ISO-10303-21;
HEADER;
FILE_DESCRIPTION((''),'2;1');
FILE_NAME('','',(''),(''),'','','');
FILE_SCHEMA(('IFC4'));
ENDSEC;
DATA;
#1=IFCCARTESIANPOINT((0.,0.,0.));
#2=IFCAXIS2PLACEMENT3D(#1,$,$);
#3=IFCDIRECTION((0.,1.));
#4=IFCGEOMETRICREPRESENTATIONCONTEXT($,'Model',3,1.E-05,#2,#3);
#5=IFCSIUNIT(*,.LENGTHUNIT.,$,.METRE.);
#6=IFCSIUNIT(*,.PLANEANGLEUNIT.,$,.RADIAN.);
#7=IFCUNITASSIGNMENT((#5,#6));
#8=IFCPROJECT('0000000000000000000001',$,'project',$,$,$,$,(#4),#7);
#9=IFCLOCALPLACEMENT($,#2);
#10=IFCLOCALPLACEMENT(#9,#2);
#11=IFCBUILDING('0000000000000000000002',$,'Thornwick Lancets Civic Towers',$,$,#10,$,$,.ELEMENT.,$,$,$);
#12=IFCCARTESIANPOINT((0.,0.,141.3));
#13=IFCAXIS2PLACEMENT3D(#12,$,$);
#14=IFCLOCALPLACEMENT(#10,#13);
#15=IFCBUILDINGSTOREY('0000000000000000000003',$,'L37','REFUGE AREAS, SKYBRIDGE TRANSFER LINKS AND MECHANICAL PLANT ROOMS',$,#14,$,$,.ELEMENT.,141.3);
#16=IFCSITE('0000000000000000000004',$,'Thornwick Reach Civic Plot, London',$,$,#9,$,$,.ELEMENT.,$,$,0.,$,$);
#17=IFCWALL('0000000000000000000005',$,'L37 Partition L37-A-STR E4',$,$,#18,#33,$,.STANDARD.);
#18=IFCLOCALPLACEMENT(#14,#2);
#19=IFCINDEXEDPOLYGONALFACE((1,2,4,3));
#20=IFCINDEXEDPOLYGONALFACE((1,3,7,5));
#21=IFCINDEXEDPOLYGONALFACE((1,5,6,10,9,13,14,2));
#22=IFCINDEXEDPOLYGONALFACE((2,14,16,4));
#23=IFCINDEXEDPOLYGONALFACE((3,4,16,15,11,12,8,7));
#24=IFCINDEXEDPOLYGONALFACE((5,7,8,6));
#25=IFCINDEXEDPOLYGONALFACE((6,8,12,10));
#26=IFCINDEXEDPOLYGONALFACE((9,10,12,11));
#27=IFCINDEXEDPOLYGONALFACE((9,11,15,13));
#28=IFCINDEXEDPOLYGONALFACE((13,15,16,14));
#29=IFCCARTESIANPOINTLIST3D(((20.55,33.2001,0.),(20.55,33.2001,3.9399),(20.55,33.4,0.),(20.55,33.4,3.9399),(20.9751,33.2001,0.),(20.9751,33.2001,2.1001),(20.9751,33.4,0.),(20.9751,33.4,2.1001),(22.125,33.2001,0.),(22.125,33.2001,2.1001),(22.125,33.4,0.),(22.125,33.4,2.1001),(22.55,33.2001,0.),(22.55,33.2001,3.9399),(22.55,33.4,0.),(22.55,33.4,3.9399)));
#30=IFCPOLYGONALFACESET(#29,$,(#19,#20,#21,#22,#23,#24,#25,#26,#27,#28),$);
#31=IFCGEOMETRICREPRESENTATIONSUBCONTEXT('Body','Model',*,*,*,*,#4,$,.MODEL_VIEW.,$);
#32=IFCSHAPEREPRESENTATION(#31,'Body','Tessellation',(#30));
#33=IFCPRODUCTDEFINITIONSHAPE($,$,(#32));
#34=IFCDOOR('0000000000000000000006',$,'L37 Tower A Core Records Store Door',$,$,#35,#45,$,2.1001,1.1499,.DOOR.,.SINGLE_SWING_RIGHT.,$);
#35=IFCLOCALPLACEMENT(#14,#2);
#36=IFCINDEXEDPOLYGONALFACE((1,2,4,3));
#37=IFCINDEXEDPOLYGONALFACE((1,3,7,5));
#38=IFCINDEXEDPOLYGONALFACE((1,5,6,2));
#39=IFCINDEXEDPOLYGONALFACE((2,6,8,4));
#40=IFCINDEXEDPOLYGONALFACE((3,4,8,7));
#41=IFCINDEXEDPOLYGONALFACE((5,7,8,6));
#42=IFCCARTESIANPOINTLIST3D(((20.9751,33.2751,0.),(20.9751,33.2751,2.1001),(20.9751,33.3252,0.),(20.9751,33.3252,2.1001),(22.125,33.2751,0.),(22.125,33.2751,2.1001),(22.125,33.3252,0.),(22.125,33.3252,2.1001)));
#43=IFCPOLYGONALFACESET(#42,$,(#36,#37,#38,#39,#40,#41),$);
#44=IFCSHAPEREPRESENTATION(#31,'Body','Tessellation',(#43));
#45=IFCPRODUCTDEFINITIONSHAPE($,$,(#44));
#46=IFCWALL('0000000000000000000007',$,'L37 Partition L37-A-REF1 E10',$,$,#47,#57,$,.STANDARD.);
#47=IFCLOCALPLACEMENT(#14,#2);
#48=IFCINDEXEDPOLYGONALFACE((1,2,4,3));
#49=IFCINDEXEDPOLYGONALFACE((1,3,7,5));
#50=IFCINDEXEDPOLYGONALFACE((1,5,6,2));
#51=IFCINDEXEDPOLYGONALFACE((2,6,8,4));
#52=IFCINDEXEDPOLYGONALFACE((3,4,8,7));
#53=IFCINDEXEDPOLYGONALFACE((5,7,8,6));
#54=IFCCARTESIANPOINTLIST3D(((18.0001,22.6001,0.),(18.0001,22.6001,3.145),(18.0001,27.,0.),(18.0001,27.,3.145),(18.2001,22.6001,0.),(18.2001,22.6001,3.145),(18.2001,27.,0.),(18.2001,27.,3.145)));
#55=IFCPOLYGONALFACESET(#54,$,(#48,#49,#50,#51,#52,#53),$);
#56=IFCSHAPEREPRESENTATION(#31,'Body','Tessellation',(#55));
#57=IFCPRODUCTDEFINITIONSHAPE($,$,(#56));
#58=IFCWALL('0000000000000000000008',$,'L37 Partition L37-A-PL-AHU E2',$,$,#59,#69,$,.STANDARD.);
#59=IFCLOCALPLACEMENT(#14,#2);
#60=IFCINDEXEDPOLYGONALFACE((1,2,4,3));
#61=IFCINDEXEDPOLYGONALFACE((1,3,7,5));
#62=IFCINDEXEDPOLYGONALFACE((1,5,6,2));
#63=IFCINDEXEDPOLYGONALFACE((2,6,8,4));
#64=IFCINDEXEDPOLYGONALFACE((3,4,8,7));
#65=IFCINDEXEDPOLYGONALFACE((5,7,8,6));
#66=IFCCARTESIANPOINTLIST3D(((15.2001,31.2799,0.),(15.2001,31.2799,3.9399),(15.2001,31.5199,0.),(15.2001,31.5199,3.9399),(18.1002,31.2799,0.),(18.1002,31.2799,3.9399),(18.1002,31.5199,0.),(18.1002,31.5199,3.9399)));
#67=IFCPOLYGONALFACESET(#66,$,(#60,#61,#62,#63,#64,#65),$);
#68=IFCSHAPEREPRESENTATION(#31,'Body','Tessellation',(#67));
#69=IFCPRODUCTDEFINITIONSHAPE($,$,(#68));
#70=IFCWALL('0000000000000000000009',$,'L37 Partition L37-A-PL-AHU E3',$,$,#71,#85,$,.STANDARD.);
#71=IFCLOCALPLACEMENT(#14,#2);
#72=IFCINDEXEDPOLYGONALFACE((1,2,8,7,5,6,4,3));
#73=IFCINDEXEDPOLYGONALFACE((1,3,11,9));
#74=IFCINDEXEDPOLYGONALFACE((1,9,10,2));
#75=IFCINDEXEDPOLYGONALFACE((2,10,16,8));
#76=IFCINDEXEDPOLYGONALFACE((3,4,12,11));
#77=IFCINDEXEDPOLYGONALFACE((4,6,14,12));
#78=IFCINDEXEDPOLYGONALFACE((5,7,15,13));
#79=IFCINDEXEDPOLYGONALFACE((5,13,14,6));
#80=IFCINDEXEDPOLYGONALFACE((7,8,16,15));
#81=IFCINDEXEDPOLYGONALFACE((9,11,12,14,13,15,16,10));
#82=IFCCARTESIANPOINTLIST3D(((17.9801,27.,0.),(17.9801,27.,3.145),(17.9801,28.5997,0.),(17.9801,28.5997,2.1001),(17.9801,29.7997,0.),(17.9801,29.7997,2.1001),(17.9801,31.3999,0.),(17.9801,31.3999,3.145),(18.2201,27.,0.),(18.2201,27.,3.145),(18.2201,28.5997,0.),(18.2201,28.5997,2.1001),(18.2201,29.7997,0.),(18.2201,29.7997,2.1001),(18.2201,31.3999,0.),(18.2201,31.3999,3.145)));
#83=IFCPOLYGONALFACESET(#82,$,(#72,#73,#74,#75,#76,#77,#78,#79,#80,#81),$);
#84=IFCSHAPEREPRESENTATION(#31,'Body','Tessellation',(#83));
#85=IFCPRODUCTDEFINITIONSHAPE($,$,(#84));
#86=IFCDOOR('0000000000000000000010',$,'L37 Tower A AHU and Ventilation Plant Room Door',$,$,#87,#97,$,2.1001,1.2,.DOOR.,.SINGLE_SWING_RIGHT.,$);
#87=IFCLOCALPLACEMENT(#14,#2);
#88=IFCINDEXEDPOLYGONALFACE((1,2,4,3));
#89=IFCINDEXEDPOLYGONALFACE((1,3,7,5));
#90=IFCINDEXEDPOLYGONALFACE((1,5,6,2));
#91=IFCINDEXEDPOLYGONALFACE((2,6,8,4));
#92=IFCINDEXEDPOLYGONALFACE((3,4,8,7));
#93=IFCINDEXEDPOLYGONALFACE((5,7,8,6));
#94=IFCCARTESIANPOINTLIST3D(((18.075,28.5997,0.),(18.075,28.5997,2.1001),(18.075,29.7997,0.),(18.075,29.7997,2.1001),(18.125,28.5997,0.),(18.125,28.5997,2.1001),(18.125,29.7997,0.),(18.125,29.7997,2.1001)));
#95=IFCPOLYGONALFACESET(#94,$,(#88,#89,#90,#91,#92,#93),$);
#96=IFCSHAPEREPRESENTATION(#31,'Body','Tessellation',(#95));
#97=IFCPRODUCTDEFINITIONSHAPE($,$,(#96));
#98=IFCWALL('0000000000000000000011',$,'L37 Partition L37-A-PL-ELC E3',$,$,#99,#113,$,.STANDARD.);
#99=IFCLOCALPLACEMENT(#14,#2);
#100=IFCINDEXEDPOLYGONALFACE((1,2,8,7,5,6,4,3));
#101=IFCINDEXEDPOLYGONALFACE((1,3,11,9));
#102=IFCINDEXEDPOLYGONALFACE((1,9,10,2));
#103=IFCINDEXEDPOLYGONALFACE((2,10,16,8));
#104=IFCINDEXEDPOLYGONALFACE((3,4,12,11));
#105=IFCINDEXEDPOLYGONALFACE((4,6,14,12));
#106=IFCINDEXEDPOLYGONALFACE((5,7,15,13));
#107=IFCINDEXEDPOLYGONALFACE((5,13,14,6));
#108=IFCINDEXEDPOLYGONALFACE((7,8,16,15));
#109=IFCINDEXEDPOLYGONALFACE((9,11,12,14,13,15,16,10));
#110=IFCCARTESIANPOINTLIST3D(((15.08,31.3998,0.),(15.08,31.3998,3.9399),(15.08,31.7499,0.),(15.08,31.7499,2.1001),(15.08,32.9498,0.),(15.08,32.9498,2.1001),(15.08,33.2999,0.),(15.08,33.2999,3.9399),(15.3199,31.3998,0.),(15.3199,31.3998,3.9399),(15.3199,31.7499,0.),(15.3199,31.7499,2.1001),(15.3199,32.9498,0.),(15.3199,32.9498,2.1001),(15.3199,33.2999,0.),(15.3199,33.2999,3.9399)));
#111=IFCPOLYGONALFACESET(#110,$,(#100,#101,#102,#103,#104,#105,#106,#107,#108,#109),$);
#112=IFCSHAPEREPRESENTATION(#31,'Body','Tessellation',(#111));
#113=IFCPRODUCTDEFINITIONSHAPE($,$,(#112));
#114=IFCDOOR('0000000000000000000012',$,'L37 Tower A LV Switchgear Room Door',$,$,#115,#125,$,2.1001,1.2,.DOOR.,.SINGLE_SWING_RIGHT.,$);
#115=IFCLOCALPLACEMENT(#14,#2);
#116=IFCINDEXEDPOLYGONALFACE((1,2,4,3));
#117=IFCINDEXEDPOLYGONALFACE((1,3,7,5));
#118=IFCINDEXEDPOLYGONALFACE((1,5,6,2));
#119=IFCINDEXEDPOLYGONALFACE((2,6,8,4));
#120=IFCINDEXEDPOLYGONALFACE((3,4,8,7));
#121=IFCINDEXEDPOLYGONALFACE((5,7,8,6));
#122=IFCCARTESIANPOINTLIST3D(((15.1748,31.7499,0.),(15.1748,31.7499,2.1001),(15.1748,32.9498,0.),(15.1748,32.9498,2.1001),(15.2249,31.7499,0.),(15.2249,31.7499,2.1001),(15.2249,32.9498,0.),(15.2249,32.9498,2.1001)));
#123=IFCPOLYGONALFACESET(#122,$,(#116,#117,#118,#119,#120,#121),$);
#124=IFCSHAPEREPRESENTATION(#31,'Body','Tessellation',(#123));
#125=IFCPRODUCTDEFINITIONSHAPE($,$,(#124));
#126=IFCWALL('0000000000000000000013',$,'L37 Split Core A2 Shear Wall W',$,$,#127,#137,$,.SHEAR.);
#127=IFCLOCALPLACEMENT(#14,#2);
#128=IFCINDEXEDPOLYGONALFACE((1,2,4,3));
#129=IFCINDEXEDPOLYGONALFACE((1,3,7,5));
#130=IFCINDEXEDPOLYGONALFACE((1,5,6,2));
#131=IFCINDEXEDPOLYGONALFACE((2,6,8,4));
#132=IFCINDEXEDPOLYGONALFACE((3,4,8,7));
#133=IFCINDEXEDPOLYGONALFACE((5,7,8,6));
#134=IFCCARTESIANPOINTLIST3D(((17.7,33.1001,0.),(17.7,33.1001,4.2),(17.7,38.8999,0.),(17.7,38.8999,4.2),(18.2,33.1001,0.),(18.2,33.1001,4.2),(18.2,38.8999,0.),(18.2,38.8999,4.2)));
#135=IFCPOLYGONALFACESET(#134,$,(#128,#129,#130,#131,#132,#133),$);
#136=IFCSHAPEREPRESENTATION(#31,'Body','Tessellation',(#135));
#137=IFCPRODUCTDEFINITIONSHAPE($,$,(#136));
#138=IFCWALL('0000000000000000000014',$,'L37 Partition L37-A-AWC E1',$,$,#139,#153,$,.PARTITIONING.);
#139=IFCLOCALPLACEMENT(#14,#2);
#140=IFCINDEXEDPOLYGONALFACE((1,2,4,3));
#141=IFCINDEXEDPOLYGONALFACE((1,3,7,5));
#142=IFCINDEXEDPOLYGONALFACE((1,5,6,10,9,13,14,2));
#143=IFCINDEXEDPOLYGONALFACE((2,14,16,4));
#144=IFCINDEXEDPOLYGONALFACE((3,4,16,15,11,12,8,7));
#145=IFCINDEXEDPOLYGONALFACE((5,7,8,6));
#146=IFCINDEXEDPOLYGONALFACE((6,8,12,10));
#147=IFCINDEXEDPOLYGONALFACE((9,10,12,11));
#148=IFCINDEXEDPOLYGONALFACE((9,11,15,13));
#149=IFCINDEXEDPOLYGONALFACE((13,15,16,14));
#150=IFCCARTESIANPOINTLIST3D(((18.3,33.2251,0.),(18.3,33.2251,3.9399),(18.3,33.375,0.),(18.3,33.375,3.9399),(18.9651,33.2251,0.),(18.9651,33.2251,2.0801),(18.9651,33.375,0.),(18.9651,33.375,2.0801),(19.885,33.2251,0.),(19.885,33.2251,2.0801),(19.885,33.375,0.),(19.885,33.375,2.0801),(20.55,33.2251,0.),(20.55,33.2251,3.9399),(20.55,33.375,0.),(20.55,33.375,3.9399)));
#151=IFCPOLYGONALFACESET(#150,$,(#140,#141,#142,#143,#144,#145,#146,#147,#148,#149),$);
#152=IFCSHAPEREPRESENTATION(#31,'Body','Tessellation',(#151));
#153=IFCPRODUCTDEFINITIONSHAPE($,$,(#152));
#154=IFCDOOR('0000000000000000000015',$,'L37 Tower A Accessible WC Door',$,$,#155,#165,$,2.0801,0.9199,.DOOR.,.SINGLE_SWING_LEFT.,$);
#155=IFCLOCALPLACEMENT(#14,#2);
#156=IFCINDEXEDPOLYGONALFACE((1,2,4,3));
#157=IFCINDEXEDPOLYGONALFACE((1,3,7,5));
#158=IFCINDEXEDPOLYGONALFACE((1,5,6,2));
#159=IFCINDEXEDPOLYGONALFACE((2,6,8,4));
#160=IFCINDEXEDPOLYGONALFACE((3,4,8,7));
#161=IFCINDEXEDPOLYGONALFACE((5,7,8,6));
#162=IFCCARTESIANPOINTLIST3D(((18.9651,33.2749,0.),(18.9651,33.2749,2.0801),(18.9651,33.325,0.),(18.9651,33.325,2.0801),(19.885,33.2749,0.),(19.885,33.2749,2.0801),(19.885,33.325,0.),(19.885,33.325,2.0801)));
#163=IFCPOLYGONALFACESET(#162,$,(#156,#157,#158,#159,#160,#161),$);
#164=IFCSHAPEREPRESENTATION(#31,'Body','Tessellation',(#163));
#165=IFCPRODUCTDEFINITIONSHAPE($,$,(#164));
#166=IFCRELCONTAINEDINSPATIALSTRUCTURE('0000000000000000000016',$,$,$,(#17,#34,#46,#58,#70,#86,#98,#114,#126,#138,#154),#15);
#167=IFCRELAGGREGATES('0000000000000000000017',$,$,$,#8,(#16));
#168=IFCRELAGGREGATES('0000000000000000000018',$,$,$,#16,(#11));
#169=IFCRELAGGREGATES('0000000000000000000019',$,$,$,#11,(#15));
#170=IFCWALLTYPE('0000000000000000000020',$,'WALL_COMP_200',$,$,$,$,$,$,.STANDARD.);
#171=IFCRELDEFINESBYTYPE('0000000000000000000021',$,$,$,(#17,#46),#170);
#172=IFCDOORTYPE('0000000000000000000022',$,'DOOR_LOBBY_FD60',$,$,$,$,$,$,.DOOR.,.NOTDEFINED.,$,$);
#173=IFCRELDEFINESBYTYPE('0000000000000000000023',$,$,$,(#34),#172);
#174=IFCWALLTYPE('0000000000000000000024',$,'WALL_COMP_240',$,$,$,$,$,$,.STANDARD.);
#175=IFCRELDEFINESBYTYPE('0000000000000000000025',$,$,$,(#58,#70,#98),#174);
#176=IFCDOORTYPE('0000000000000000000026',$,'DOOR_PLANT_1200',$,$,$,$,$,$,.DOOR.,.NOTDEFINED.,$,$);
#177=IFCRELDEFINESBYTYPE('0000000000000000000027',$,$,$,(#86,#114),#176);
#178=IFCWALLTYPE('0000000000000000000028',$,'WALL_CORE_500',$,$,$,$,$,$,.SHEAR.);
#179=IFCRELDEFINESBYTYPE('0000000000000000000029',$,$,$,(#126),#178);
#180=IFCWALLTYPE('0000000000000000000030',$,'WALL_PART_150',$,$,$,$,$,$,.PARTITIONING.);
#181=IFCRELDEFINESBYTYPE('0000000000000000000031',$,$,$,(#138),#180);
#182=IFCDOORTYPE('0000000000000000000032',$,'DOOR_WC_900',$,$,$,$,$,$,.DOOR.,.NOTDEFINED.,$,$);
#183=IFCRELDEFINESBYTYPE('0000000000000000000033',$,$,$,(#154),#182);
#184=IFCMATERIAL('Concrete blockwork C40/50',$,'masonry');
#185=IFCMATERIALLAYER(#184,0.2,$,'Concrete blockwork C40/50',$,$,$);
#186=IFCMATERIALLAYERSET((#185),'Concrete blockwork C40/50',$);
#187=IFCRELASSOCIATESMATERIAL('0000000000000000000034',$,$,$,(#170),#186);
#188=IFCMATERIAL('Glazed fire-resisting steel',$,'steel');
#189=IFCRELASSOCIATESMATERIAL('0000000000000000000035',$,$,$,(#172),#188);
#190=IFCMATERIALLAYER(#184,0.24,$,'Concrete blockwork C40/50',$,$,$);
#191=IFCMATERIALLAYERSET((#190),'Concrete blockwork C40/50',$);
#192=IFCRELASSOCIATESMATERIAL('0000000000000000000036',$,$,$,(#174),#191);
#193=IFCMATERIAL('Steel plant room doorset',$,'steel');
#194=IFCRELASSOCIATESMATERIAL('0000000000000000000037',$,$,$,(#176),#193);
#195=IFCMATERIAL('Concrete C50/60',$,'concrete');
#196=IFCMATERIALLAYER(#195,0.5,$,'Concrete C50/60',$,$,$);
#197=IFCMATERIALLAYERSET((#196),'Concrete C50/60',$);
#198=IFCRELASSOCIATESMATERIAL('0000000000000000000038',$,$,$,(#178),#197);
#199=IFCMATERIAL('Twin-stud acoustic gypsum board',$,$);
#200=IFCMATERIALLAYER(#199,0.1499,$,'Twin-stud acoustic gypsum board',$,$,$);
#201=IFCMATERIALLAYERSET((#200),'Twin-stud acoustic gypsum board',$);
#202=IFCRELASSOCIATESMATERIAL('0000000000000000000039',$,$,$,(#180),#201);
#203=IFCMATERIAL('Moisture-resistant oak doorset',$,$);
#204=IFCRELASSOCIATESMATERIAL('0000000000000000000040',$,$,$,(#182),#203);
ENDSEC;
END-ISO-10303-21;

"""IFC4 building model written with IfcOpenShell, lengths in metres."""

from ifc_helpers import new_model, si_unit, direction, frame, frame_2d, origin, place, context, subcontext, project, spatial, rectangle, extrude, material, layer, layer_set, type_object, element, fill, save


model = new_model("IFC4")

# Units and contexts
model_context = context("Model", 3, precision=1e-05, world=origin(), true_north=direction((0.0, 1.0)))
body_context = subcontext(model_context, "Body", "Model", "MODEL_VIEW")
ifc_project = project(units=[si_unit("LENGTHUNIT", "METRE"), si_unit("PLANEANGLEUNIT", "RADIAN")], contexts=[model_context])

# Site, building, storey
site_placement = place(None, origin())
site = spatial("IfcSite", under=ifc_project, at=site_placement, Name="Thornwick Reach Civic Plot, London", CompositionType="ELEMENT", RefElevation=0.0)
building_placement = place(site_placement, origin())
building = spatial("IfcBuilding", under=site, at=building_placement, Name="Thornwick Lancets Civic Towers", CompositionType="ELEMENT")
storey_placement = place(building_placement, frame((0.0, 0.0, 141.3)))
storey = spatial("IfcBuildingStorey", under=building, at=storey_placement, Name="L37", Description="REFUGE AREAS, SKYBRIDGE TRANSFER LINKS AND MECHANICAL PLANT ROOMS", CompositionType="ELEMENT", Elevation=141.3)

# Shared definitions
ifc_material_1 = material(Name="Concrete blockwork C40/50", Category="masonry")
ifc_layer_1 = layer(ifc_material_1, 0.2, Name="Concrete blockwork C40/50")
ifc_layer_set_1 = layer_set([ifc_layer_1], Name="Concrete blockwork C40/50")
wall_type_1 = type_object("IfcWallType", Name="WALL_COMP_200", PredefinedType="STANDARD", material=ifc_layer_set_1)

# Wall, opening, door
wall_1_placement = place(storey_placement, frame((22.55, 33.3, 0.0), z_axis=(0.0, 0.0, 1.0), x_axis=(-1.0, 0.0, 0.0)))
wall_1 = element("IfcWall", 1, at=wall_1_placement, inside=storey, type_object=wall_type_1, Name="L37 Partition L37-A-STR E4", PredefinedType="STANDARD", context=body_context, shape_type="SweptSolid", body=[
    extrude(rectangle(XDim=2.0, YDim=0.2, at=frame_2d((1.0, 0.0))), origin(), (0.0, 0.0, 1.0), 3.9399),
])
opening_1_placement = place(wall_1_placement, frame((0.425, 0.0, 0.0)))
opening_1 = element("IfcOpeningElement", 2, at=opening_1_placement, cuts=wall_1, PredefinedType="OPENING", context=body_context, shape_type="SweptSolid", body=[
    extrude(rectangle(XDim=1.1499, YDim=2.1001, at=frame_2d((0.575, 1.05))), frame((0.0, 0.1099, 0.0), z_axis=(0.0, -1.0, 0.0), x_axis=(1.0, 0.0, 0.0)), (0.0, 0.0, 1.0), 0.22),
])
ifc_material_2 = material(Name="Glazed fire-resisting steel", Category="steel")
door_type_1 = type_object("IfcDoorType", Name="DOOR_LOBBY_FD60", OperationType="NOTDEFINED", PredefinedType="DOOR", material=ifc_material_2)
door_1_placement = place(opening_1_placement, origin())
door_1 = element("IfcDoor", 3, at=door_1_placement, inside=storey, type_object=door_type_1, Name="L37 Tower A Core Records Store Door", OperationType="SINGLE_SWING_RIGHT", OverallHeight=2.1001, OverallWidth=1.1499, PredefinedType="DOOR", context=body_context, shape_type="SweptSolid", body=[
    extrude(rectangle(XDim=1.1499, YDim=2.1001, at=frame_2d((0.575, 1.05))), frame((0.0, 0.0249, 0.0), z_axis=(0.0, -1.0, 0.0), x_axis=(1.0, 0.0, 0.0)), (0.0, 0.0, 1.0), 0.05),
])
fill(opening_1, door_1)

# Walls
wall_2_placement = place(storey_placement, frame((18.1001, 27.0, 0.0), z_axis=(0.0, 0.0, 1.0), x_axis=(0.0, -1.0, 0.0)))
element("IfcWall", 4, at=wall_2_placement, inside=storey, type_object=wall_type_1, Name="L37 Partition L37-A-REF1 E10", PredefinedType="STANDARD", context=body_context, shape_type="SweptSolid", body=[
    extrude(rectangle(XDim=4.3999, YDim=0.2, at=frame_2d((2.2, 0.0))), origin(), (0.0, 0.0, 1.0), 3.145),
])
ifc_layer_2 = layer(ifc_material_1, 0.24, Name="Concrete blockwork C40/50")
ifc_layer_set_2 = layer_set([ifc_layer_2], Name="Concrete blockwork C40/50")
wall_type_2 = type_object("IfcWallType", Name="WALL_COMP_240", PredefinedType="STANDARD", material=ifc_layer_set_2)
wall_3_placement = place(storey_placement, frame((15.2, 31.3999, 0.0), z_axis=(0.0, 0.0, 1.0), x_axis=(1.0, 0.0, 0.0)))
element("IfcWall", 5, at=wall_3_placement, inside=storey, type_object=wall_type_2, Name="L37 Partition L37-A-PL-AHU E2", PredefinedType="STANDARD", context=body_context, shape_type="SweptSolid", body=[
    extrude(rectangle(XDim=2.9001, YDim=0.24, at=frame_2d((1.4502, 0.0))), origin(), (0.0, 0.0, 1.0), 3.9399),
])

# Walls, openings, doors
wall_4_placement = place(storey_placement, frame((18.1001, 31.3999, 0.0), z_axis=(0.0, 0.0, 1.0), x_axis=(0.0, -1.0, 0.0)))
wall_4 = element("IfcWall", 6, at=wall_4_placement, inside=storey, type_object=wall_type_2, Name="L37 Partition L37-A-PL-AHU E3", PredefinedType="STANDARD", context=body_context, shape_type="SweptSolid", body=[
    extrude(rectangle(XDim=4.3999, YDim=0.24, at=frame_2d((2.2, 0.0))), origin(), (0.0, 0.0, 1.0), 3.145),
])
opening_2_placement = place(wall_4_placement, frame((1.6001, 0.0, 0.0)))
opening_2 = element("IfcOpeningElement", 7, at=opening_2_placement, cuts=wall_4, PredefinedType="OPENING", context=body_context, shape_type="SweptSolid", body=[
    extrude(rectangle(XDim=1.2, YDim=2.1001, at=frame_2d((0.6001, 1.05))), frame((0.0, 0.1299, 0.0), z_axis=(0.0, -1.0, 0.0), x_axis=(1.0, 0.0, 0.0)), (0.0, 0.0, 1.0), 0.26),
])
ifc_material_3 = material(Name="Steel plant room doorset", Category="steel")
door_type_2 = type_object("IfcDoorType", Name="DOOR_PLANT_1200", OperationType="NOTDEFINED", PredefinedType="DOOR", material=ifc_material_3)
door_2_placement = place(opening_2_placement, origin())
door_2 = element("IfcDoor", 8, at=door_2_placement, inside=storey, type_object=door_type_2, Name="L37 Tower A AHU and Ventilation Plant Room Door", OperationType="SINGLE_SWING_RIGHT", OverallHeight=2.1001, OverallWidth=1.2, PredefinedType="DOOR", context=body_context, shape_type="SweptSolid", body=[
    extrude(rectangle(XDim=1.2, YDim=2.1001, at=frame_2d((0.6001, 1.05))), frame((0.0, 0.0249, 0.0), z_axis=(0.0, -1.0, 0.0), x_axis=(1.0, 0.0, 0.0)), (0.0, 0.0, 1.0), 0.05),
])
fill(opening_2, door_2)
wall_5_placement = place(storey_placement, frame((15.2, 33.3, 0.0), z_axis=(0.0, 0.0, 1.0), x_axis=(0.0, -1.0, 0.0)))
wall_5 = element("IfcWall", 9, at=wall_5_placement, inside=storey, type_object=wall_type_2, Name="L37 Partition L37-A-PL-ELC E3", PredefinedType="STANDARD", context=body_context, shape_type="SweptSolid", body=[
    extrude(rectangle(XDim=1.9001, YDim=0.24, at=frame_2d((0.9502, 0.0))), origin(), (0.0, 0.0, 1.0), 3.9399),
])
opening_3_placement = place(wall_5_placement, frame((0.3501, 0.0, 0.0)))
opening_3 = element("IfcOpeningElement", 10, at=opening_3_placement, cuts=wall_5, PredefinedType="OPENING", context=body_context, shape_type="SweptSolid", body=[
    extrude(rectangle(XDim=1.2, YDim=2.1001, at=frame_2d((0.6001, 1.05))), frame((0.0, 0.1299, 0.0), z_axis=(0.0, -1.0, 0.0), x_axis=(1.0, 0.0, 0.0)), (0.0, 0.0, 1.0), 0.26),
])
door_3_placement = place(opening_3_placement, origin())
door_3 = element("IfcDoor", 11, at=door_3_placement, inside=storey, type_object=door_type_2, Name="L37 Tower A LV Switchgear Room Door", OperationType="SINGLE_SWING_RIGHT", OverallHeight=2.1001, OverallWidth=1.2, PredefinedType="DOOR", context=body_context, shape_type="SweptSolid", body=[
    extrude(rectangle(XDim=1.2, YDim=2.1001, at=frame_2d((0.6001, 1.05))), frame((0.0, 0.0249, 0.0), z_axis=(0.0, -1.0, 0.0), x_axis=(1.0, 0.0, 0.0)), (0.0, 0.0, 1.0), 0.05),
])
fill(opening_3, door_3)

# Wall
ifc_material_4 = material(Name="Concrete C50/60", Category="concrete")
ifc_layer_3 = layer(ifc_material_4, 0.5, Name="Concrete C50/60")
ifc_layer_set_3 = layer_set([ifc_layer_3], Name="Concrete C50/60")
wall_type_3 = type_object("IfcWallType", Name="WALL_CORE_500", PredefinedType="SHEAR", material=ifc_layer_set_3)
wall_6_placement = place(storey_placement, frame((17.95, 33.1001, 0.0), z_axis=(0.0, 0.0, 1.0), x_axis=(0.0, 1.0, 0.0)))
element("IfcWall", 12, at=wall_6_placement, inside=storey, type_object=wall_type_3, Name="L37 Split Core A2 Shear Wall W", PredefinedType="SHEAR", context=body_context, shape_type="SweptSolid", body=[
    extrude(rectangle(XDim=5.7998, YDim=0.5, at=frame_2d((2.8999, 0.0))), origin(), (0.0, 0.0, 1.0), 4.2),
])

# Wall, opening, door
ifc_material_5 = material(Name="Twin-stud acoustic gypsum board")
ifc_layer_4 = layer(ifc_material_5, 0.1499, Name="Twin-stud acoustic gypsum board")
ifc_layer_set_4 = layer_set([ifc_layer_4], Name="Twin-stud acoustic gypsum board")
wall_type_4 = type_object("IfcWallType", Name="WALL_PART_150", PredefinedType="PARTITIONING", material=ifc_layer_set_4)
wall_7_placement = place(storey_placement, frame((18.3, 33.3, 0.0), z_axis=(0.0, 0.0, 1.0), x_axis=(1.0, 0.0, 0.0)))
wall_7 = element("IfcWall", 13, at=wall_7_placement, inside=storey, type_object=wall_type_4, Name="L37 Partition L37-A-AWC E1", PredefinedType="PARTITIONING", context=body_context, shape_type="SweptSolid", body=[
    extrude(rectangle(XDim=2.25, YDim=0.1499, at=frame_2d((1.125, 0.0))), origin(), (0.0, 0.0, 1.0), 3.9399),
])
opening_4_placement = place(wall_7_placement, frame((0.665, 0.0, 0.0)))
opening_4 = element("IfcOpeningElement", 14, at=opening_4_placement, cuts=wall_7, PredefinedType="OPENING", context=body_context, shape_type="SweptSolid", body=[
    extrude(rectangle(XDim=0.9199, YDim=2.0801, at=frame_2d((0.46, 1.04))), frame((0.0, 0.085, 0.0), z_axis=(0.0, -1.0, 0.0), x_axis=(1.0, 0.0, 0.0)), (0.0, 0.0, 1.0), 0.1699),
])
ifc_material_6 = material(Name="Moisture-resistant oak doorset")
door_type_3 = type_object("IfcDoorType", Name="DOOR_WC_900", OperationType="NOTDEFINED", PredefinedType="DOOR", material=ifc_material_6)
door_4_placement = place(opening_4_placement, origin())
door_4 = element("IfcDoor", 15, at=door_4_placement, inside=storey, type_object=door_type_3, Name="L37 Tower A Accessible WC Door", OperationType="SINGLE_SWING_LEFT", OverallHeight=2.0801, OverallWidth=0.9199, PredefinedType="DOOR", context=body_context, shape_type="SweptSolid", body=[
    extrude(rectangle(XDim=0.9199, YDim=2.0801, at=frame_2d((0.46, 1.04))), frame((0.0, 0.0249, 0.0), z_axis=(0.0, -1.0, 0.0), x_axis=(1.0, 0.0, 0.0)), (0.0, 0.0, 1.0), 0.05),
])
fill(opening_4, door_4)

save(model, "model.ifc")
